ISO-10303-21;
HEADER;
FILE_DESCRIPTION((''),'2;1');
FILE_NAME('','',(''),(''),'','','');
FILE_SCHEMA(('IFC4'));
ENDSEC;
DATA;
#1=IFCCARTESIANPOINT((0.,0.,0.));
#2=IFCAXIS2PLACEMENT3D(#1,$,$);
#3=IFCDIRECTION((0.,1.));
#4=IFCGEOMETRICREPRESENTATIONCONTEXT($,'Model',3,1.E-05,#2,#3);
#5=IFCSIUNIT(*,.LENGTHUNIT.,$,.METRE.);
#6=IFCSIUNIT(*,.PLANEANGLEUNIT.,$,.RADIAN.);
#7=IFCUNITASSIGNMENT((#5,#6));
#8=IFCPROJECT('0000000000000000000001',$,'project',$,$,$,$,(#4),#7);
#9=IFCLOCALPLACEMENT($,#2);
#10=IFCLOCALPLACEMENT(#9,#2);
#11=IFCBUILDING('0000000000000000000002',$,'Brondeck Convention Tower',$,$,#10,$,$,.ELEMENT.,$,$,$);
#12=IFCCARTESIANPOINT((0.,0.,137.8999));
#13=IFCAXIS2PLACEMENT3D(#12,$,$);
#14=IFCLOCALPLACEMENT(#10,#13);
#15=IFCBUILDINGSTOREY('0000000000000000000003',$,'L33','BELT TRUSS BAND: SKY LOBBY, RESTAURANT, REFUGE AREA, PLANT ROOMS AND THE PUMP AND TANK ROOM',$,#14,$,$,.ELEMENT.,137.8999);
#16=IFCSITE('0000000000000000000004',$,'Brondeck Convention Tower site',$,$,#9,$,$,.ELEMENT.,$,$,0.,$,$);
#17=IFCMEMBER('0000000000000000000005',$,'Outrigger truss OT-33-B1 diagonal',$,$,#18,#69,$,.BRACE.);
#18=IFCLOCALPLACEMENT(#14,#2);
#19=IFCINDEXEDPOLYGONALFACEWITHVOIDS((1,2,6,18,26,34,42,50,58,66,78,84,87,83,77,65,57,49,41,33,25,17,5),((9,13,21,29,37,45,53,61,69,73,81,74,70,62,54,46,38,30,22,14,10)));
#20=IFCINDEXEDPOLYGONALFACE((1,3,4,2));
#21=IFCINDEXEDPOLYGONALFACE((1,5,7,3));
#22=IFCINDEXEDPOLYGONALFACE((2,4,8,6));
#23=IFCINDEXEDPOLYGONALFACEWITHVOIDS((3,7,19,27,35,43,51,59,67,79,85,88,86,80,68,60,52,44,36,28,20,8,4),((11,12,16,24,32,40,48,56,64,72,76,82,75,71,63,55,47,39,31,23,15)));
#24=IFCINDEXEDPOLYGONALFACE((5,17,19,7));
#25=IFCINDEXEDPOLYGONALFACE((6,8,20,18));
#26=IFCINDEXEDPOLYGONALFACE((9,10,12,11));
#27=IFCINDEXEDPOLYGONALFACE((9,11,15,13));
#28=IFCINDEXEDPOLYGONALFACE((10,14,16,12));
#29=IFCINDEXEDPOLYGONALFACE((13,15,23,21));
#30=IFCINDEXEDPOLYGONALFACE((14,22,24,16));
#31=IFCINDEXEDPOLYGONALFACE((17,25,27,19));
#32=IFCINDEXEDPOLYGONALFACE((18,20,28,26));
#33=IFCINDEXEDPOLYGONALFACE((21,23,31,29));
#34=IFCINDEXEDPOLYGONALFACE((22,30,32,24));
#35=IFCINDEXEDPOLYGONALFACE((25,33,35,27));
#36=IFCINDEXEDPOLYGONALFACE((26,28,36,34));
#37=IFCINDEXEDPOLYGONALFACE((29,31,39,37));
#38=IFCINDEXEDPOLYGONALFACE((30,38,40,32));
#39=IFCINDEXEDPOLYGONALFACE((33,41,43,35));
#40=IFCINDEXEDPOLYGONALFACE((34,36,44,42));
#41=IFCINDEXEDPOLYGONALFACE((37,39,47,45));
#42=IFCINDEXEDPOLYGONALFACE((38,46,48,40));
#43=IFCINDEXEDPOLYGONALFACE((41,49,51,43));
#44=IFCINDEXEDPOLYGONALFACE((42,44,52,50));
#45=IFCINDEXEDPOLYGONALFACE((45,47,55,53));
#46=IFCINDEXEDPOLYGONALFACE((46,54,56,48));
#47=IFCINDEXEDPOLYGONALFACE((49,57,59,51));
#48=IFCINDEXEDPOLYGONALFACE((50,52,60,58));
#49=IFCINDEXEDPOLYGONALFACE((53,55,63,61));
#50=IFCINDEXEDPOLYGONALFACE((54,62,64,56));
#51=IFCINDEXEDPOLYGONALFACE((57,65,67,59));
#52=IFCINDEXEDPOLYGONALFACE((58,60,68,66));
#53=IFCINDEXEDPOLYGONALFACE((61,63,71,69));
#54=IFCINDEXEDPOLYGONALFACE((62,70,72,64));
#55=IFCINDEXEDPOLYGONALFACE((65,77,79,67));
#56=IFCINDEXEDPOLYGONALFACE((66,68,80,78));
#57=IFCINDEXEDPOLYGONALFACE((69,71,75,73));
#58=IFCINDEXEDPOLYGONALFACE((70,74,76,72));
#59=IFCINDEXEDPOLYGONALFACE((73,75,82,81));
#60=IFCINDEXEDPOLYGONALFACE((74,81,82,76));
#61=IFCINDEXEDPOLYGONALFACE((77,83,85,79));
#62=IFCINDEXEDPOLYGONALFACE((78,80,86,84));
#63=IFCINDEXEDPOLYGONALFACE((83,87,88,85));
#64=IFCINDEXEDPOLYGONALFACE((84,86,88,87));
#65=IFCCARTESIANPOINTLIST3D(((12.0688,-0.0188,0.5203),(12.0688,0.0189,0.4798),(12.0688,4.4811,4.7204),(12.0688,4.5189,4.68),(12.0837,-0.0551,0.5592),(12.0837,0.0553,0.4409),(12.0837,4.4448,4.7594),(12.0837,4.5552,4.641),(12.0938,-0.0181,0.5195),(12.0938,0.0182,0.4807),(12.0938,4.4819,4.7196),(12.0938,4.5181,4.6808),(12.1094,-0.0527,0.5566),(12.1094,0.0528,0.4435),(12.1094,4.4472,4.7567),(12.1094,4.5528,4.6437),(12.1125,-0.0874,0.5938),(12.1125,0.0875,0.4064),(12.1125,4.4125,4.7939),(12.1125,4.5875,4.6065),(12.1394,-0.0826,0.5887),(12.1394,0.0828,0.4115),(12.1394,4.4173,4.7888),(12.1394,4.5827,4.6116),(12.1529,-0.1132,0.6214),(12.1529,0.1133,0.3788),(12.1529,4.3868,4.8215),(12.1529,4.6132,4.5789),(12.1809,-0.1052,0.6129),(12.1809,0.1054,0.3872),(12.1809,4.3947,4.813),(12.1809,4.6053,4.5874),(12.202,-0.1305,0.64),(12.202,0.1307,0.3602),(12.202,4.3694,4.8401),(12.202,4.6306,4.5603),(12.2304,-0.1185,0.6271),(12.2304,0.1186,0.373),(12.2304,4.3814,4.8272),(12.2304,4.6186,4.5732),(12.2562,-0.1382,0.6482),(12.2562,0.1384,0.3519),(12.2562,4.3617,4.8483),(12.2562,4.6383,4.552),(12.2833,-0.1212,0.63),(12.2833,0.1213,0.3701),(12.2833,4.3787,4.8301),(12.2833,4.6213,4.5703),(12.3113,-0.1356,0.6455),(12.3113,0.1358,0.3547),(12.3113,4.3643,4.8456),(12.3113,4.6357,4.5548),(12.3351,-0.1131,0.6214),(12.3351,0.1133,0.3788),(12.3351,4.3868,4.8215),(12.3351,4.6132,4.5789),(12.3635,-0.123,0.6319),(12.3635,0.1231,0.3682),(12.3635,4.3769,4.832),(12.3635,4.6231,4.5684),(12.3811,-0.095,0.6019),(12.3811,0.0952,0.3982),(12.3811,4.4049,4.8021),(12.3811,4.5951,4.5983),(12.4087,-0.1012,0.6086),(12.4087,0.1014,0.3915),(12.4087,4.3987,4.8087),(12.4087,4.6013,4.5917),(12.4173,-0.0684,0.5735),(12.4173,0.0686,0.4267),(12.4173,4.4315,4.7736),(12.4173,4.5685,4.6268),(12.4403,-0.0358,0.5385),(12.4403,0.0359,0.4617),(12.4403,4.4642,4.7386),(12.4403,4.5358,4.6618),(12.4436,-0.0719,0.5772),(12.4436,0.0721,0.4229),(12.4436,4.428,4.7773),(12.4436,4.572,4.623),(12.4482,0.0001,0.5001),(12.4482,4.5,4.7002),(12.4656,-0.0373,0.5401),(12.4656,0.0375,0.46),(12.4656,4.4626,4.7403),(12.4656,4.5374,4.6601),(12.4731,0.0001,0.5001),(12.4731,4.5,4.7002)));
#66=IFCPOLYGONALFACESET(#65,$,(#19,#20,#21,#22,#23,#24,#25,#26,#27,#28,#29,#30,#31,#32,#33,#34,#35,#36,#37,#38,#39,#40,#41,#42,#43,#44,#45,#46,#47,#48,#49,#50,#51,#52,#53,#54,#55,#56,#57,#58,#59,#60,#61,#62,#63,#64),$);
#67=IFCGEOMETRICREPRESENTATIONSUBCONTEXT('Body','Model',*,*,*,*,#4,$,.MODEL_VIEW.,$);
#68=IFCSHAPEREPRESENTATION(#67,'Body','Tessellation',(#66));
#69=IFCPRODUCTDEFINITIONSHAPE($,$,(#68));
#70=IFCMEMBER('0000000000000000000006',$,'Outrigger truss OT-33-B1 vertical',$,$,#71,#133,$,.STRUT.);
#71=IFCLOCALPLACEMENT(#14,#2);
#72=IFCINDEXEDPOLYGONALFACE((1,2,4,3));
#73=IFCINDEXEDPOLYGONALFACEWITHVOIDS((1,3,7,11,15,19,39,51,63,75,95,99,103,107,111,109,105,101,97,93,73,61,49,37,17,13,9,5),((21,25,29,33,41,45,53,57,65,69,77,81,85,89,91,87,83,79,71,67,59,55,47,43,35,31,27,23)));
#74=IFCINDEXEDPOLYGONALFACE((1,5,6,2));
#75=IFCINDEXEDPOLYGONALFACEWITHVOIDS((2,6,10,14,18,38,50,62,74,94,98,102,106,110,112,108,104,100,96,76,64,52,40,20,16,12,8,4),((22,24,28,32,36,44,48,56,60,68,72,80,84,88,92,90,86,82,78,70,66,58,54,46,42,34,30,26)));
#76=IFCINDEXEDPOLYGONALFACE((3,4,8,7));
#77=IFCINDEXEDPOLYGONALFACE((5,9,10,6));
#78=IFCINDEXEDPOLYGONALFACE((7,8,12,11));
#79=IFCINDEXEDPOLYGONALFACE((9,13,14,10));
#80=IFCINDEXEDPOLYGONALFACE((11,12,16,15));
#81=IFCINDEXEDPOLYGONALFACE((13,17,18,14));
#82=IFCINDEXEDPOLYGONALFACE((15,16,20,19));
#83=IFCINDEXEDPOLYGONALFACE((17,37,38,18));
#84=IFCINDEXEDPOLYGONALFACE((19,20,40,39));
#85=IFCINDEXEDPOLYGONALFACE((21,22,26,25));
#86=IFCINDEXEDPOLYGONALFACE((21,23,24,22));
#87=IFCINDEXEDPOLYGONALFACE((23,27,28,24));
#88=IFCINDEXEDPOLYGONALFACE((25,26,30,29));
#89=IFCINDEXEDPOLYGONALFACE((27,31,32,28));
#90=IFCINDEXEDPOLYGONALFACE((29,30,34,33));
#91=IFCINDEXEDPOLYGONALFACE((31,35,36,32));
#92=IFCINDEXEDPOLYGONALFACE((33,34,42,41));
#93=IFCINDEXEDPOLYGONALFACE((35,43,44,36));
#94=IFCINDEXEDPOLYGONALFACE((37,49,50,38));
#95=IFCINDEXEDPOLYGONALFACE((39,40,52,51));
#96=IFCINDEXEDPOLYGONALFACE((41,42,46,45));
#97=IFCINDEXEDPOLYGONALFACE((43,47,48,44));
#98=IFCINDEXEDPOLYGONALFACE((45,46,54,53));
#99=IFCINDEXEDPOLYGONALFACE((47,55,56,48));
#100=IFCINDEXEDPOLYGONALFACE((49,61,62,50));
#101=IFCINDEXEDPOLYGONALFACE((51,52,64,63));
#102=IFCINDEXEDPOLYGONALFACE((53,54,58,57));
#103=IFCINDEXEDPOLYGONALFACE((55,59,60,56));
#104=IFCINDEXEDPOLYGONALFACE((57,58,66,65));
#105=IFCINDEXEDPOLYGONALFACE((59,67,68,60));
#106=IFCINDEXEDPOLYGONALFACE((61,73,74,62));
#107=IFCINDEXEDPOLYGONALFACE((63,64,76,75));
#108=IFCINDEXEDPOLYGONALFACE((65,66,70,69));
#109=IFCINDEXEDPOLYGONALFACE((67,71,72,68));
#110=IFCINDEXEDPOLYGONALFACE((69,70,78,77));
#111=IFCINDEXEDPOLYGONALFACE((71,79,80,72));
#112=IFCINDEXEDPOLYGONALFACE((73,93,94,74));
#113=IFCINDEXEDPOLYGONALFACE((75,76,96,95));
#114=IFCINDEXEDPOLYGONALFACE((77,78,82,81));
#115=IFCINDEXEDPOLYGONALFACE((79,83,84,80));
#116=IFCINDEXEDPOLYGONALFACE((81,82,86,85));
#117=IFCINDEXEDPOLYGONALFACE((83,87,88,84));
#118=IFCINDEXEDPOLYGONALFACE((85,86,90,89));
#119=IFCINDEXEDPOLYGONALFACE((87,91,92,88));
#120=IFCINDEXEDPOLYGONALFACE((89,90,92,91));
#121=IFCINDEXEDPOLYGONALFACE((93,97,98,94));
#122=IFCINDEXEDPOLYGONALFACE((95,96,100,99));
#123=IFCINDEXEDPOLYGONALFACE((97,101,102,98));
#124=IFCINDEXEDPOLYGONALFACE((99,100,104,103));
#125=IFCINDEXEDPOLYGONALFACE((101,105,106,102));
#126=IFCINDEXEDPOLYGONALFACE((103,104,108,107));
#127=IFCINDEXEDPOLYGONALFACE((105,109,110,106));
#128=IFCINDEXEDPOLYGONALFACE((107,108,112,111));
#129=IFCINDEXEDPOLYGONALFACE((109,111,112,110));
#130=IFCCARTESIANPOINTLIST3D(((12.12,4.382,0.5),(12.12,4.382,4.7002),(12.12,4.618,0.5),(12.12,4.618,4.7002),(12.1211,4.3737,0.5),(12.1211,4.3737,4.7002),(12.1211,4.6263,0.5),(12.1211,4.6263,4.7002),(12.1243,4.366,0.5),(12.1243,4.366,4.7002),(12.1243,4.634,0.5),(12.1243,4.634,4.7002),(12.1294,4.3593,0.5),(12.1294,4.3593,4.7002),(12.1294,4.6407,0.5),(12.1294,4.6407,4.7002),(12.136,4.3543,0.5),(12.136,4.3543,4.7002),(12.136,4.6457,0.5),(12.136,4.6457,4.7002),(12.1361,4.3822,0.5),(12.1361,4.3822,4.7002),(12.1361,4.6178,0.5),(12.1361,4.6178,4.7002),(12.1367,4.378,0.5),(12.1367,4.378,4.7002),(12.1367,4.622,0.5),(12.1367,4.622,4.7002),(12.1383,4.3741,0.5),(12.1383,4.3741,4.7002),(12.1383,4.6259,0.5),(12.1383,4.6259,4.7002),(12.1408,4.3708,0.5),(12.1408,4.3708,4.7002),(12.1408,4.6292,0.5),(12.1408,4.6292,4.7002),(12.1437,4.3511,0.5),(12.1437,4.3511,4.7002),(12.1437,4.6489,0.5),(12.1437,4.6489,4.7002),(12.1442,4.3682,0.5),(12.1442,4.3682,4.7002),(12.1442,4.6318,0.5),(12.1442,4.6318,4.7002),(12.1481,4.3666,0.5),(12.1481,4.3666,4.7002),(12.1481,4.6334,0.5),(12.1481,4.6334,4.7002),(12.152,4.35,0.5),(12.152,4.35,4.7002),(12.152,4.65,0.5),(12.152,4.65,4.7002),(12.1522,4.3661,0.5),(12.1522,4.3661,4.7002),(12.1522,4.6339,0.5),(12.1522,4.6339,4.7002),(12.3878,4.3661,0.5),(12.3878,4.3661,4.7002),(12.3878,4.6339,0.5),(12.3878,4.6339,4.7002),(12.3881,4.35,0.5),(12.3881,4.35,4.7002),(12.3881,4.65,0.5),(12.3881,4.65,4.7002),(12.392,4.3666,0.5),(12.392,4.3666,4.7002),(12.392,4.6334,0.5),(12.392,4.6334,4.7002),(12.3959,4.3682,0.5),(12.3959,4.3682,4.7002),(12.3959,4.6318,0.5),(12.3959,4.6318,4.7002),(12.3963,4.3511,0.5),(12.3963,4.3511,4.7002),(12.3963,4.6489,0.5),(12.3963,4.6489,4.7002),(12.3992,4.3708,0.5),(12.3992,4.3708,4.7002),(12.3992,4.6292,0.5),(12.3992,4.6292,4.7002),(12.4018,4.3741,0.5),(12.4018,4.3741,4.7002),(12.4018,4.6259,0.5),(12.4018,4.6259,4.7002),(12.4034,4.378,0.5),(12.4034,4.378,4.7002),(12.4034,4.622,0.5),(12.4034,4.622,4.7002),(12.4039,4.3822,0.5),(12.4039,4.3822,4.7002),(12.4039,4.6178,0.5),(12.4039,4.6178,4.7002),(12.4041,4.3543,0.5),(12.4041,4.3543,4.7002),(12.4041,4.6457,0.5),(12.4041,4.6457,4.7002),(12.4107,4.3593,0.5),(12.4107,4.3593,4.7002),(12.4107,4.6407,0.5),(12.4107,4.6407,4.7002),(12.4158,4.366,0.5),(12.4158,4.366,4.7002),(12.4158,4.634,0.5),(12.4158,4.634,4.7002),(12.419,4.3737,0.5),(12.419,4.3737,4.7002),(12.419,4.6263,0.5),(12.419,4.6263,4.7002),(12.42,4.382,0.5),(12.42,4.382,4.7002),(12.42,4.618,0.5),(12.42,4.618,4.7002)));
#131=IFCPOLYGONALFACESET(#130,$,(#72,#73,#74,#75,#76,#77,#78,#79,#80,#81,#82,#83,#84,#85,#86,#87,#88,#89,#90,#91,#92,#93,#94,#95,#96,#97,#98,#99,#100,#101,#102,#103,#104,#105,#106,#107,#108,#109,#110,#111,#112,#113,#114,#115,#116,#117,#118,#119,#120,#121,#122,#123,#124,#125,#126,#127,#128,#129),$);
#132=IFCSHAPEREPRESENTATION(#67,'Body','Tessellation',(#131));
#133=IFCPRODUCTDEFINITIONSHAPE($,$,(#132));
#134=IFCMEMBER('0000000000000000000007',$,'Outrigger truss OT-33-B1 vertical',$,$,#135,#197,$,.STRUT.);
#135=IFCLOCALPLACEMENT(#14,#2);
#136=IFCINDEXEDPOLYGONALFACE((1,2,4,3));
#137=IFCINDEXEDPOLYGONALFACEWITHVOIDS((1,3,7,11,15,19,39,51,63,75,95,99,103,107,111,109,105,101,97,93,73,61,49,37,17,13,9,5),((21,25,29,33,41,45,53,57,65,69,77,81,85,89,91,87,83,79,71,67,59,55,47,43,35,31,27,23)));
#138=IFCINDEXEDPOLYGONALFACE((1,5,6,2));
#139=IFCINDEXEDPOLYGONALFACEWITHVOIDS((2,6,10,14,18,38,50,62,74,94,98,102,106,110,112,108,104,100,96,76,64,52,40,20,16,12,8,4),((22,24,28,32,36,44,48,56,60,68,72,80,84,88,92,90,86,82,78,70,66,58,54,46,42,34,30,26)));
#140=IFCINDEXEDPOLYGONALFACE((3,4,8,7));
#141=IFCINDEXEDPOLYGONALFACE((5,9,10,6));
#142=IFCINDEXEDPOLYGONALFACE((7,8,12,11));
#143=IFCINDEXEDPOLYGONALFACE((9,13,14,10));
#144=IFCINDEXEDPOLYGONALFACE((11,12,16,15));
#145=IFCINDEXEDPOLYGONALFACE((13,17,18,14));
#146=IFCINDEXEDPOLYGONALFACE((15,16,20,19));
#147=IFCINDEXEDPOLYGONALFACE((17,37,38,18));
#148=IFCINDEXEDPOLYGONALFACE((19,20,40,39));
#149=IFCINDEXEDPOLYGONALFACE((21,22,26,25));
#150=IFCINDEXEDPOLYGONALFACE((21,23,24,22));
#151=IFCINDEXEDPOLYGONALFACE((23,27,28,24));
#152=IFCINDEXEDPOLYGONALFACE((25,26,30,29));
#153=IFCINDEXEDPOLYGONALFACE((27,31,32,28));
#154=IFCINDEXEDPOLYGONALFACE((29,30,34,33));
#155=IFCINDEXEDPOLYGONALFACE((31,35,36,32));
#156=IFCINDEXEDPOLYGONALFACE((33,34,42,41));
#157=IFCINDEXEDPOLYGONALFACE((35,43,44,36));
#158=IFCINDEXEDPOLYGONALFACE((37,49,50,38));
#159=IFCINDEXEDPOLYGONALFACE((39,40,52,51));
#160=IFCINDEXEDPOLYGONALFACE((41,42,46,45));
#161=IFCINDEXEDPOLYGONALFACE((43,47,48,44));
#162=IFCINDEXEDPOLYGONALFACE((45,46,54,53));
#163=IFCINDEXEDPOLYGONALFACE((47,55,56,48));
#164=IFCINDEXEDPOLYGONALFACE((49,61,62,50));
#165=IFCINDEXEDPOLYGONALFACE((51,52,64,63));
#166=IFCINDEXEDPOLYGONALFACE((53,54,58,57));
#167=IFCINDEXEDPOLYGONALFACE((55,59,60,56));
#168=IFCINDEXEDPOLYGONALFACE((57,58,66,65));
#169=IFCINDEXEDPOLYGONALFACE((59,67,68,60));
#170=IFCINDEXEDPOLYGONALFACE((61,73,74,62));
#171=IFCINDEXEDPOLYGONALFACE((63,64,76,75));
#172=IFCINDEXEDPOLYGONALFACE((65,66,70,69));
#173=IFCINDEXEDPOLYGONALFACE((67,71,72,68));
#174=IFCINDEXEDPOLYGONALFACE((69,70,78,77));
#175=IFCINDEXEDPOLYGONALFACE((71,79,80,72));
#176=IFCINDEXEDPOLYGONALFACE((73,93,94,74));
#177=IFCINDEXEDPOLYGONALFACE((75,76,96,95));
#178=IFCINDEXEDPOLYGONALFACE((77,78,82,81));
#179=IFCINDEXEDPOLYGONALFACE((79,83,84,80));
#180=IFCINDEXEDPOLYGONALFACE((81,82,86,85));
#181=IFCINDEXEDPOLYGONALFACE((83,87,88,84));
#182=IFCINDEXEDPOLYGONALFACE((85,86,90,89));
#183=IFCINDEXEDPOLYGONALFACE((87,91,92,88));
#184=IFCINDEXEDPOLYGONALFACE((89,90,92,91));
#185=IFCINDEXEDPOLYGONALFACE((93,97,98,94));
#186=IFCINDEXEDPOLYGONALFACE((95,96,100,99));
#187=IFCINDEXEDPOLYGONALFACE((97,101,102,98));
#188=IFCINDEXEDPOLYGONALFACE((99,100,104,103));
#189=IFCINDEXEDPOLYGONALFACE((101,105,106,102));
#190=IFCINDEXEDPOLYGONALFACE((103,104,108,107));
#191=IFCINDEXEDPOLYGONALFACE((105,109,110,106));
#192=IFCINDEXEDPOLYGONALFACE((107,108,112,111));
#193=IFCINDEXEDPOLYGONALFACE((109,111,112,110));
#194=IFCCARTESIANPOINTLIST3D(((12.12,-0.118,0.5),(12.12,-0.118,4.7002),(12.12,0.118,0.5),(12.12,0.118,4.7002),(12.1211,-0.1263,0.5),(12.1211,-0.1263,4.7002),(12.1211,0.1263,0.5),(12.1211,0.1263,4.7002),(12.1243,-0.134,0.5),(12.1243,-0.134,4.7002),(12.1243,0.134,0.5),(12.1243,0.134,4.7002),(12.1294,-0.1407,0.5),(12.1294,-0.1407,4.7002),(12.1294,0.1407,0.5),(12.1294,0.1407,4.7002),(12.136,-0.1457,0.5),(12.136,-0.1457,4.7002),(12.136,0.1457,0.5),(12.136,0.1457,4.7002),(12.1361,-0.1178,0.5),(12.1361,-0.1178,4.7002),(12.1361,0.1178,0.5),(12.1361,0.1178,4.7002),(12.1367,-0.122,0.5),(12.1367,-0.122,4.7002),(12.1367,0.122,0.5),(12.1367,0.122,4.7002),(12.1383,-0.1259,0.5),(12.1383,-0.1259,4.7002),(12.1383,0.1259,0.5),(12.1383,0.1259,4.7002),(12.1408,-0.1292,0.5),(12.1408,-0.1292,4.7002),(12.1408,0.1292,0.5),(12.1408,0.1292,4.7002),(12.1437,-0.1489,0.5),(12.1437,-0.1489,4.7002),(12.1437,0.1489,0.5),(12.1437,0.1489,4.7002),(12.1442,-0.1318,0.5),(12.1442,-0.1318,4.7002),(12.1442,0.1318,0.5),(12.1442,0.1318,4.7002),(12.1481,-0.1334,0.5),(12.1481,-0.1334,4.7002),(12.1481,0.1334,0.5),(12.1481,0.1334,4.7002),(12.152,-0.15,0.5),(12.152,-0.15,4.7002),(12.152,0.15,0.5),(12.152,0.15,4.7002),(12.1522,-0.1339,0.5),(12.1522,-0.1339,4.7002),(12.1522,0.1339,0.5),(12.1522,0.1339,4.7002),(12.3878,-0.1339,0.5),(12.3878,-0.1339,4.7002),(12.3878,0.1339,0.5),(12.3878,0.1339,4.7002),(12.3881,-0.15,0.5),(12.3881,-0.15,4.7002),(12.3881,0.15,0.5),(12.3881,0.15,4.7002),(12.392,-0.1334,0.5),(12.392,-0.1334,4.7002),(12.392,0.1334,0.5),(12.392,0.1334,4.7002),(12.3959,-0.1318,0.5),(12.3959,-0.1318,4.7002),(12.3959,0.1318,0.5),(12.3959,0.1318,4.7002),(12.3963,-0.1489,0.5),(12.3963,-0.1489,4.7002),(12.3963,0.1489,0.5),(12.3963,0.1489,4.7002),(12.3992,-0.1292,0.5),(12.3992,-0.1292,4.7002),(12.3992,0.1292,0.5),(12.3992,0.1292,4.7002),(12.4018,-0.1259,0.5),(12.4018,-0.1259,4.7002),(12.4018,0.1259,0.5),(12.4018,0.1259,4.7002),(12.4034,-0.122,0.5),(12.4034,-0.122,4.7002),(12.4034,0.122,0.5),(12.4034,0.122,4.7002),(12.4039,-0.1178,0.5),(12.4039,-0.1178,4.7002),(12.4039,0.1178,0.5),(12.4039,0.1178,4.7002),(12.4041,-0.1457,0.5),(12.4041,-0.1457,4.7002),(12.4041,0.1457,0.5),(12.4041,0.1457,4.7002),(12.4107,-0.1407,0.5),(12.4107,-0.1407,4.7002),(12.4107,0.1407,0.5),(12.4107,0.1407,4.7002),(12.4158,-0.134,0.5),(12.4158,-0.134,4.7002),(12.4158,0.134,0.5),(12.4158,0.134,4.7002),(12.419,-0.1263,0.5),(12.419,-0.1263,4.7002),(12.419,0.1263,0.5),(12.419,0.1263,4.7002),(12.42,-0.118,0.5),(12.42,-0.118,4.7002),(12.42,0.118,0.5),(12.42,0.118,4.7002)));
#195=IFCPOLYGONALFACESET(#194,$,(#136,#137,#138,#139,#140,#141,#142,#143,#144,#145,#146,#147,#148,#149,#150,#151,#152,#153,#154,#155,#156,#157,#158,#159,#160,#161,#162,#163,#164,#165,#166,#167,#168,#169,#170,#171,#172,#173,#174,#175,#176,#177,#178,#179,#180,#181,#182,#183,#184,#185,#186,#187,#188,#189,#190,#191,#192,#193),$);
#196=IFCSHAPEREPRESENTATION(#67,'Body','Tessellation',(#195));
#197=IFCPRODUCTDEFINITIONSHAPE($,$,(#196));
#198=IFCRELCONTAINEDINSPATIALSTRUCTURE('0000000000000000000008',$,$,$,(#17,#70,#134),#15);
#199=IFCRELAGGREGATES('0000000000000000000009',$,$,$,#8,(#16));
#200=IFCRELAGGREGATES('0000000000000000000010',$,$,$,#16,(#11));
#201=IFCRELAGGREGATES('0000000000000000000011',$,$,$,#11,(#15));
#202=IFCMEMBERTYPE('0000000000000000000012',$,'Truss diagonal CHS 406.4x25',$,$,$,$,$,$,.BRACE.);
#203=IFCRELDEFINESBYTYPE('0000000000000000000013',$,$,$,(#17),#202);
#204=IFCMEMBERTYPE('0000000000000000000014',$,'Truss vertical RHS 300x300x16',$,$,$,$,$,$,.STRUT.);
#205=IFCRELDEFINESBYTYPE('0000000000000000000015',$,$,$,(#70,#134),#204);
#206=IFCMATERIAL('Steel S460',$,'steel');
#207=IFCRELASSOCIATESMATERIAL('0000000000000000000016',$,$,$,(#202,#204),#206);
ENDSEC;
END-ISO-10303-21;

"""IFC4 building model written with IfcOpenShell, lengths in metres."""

from ifc_helpers import new_model, si_unit, direction, frame, origin, origin_2d, place, context, subcontext, project, spatial, hollow_rectangle, hollow_circle, extrude, material, material_profile, profile_set, type_object, element, save


model = new_model("IFC4")

# Units and contexts
model_context = context("Model", 3, precision=1e-05, world=origin(), true_north=direction((0.0, 1.0)))
body_context = subcontext(model_context, "Body", "Model", "MODEL_VIEW")
ifc_project = project(units=[si_unit("LENGTHUNIT", "METRE"), si_unit("PLANEANGLEUNIT", "RADIAN")], contexts=[model_context])

# Site, building, storey
site_placement = place(None, origin())
site = spatial("IfcSite", under=ifc_project, at=site_placement, Name="Brondeck Convention Tower site", CompositionType="ELEMENT", RefElevation=0.0)
building_placement = place(site_placement, origin())
building = spatial("IfcBuilding", under=site, at=building_placement, Name="Brondeck Convention Tower", CompositionType="ELEMENT")
storey_placement = place(building_placement, frame((0.0, 0.0, 137.8999)))
storey = spatial("IfcBuildingStorey", under=building, at=storey_placement, Name="L33", Description="BELT TRUSS BAND: SKY LOBBY, RESTAURANT, REFUGE AREA, PLANT ROOMS AND THE PUMP AND TANK ROOM", CompositionType="ELEMENT", Elevation=137.8999)

# Shared definitions
ifc_material_1 = material(Name="Steel S460", Category="steel")

# Members
ifc_material_profile_1 = material_profile(ifc_material_1, hollow_circle(Radius=0.2031, WallThickness=0.0249, at=origin_2d()), Name="CHS 406.4x25")
ifc_profile_set_1 = profile_set([ifc_material_profile_1], Name="Steel S460")
member_type_1 = type_object("IfcMemberType", Name="Truss diagonal CHS 406.4x25", PredefinedType="BRACE", material=ifc_profile_set_1)
member_1_placement = place(storey_placement, frame((12.27, 4.5, 4.7002), z_axis=(0.0, -0.731039, -0.682335), x_axis=(1.0, 0.0, 0.0)))
element("IfcMember", 1, at=member_1_placement, inside=storey, type_object=member_type_1, Name="Outrigger truss OT-33-B1 diagonal", PredefinedType="BRACE", context=body_context, shape_type="SweptSolid", body=[
    extrude(hollow_circle(Radius=0.2031, WallThickness=0.0249, at=origin_2d()), origin(), (0.0, 0.0, 1.0), 6.1555),
])
ifc_material_profile_2 = material_profile(ifc_material_1, hollow_rectangle(XDim=0.3, YDim=0.3, WallThickness=0.0161, InnerFilletRadius=0.0161, OuterFilletRadius=0.032, at=origin_2d()), Name="RHS 300x300x16")
ifc_profile_set_2 = profile_set([ifc_material_profile_2], Name="Steel S460")
member_type_2 = type_object("IfcMemberType", Name="Truss vertical RHS 300x300x16", PredefinedType="STRUT", material=ifc_profile_set_2)
for number, where, z_axis, x_axis, name in (
    (2, (12.27, 4.5, 0.5), (0.0, 0.0, 1.0), (1.0, 0.0, 0.0), "Outrigger truss OT-33-B1 vertical"),
    (3, (12.27, 0.0, 0.5), (0.0, 0.0, 1.0), (1.0, 0.0, 0.0), "Outrigger truss OT-33-B1 vertical"),
):
    element("IfcMember", number, at=place(storey_placement, frame(where, z_axis=z_axis, x_axis=x_axis)), inside=storey, type_object=member_type_2, Name=name, PredefinedType="STRUT", context=body_context, shape_type="SweptSolid", body=[
        extrude(hollow_rectangle(XDim=0.3, YDim=0.3, WallThickness=0.0161, InnerFilletRadius=0.0161, OuterFilletRadius=0.032, at=origin_2d()), origin(), (0.0, 0.0, 1.0), 4.2002),
    ])

save(model, "model.ifc")
